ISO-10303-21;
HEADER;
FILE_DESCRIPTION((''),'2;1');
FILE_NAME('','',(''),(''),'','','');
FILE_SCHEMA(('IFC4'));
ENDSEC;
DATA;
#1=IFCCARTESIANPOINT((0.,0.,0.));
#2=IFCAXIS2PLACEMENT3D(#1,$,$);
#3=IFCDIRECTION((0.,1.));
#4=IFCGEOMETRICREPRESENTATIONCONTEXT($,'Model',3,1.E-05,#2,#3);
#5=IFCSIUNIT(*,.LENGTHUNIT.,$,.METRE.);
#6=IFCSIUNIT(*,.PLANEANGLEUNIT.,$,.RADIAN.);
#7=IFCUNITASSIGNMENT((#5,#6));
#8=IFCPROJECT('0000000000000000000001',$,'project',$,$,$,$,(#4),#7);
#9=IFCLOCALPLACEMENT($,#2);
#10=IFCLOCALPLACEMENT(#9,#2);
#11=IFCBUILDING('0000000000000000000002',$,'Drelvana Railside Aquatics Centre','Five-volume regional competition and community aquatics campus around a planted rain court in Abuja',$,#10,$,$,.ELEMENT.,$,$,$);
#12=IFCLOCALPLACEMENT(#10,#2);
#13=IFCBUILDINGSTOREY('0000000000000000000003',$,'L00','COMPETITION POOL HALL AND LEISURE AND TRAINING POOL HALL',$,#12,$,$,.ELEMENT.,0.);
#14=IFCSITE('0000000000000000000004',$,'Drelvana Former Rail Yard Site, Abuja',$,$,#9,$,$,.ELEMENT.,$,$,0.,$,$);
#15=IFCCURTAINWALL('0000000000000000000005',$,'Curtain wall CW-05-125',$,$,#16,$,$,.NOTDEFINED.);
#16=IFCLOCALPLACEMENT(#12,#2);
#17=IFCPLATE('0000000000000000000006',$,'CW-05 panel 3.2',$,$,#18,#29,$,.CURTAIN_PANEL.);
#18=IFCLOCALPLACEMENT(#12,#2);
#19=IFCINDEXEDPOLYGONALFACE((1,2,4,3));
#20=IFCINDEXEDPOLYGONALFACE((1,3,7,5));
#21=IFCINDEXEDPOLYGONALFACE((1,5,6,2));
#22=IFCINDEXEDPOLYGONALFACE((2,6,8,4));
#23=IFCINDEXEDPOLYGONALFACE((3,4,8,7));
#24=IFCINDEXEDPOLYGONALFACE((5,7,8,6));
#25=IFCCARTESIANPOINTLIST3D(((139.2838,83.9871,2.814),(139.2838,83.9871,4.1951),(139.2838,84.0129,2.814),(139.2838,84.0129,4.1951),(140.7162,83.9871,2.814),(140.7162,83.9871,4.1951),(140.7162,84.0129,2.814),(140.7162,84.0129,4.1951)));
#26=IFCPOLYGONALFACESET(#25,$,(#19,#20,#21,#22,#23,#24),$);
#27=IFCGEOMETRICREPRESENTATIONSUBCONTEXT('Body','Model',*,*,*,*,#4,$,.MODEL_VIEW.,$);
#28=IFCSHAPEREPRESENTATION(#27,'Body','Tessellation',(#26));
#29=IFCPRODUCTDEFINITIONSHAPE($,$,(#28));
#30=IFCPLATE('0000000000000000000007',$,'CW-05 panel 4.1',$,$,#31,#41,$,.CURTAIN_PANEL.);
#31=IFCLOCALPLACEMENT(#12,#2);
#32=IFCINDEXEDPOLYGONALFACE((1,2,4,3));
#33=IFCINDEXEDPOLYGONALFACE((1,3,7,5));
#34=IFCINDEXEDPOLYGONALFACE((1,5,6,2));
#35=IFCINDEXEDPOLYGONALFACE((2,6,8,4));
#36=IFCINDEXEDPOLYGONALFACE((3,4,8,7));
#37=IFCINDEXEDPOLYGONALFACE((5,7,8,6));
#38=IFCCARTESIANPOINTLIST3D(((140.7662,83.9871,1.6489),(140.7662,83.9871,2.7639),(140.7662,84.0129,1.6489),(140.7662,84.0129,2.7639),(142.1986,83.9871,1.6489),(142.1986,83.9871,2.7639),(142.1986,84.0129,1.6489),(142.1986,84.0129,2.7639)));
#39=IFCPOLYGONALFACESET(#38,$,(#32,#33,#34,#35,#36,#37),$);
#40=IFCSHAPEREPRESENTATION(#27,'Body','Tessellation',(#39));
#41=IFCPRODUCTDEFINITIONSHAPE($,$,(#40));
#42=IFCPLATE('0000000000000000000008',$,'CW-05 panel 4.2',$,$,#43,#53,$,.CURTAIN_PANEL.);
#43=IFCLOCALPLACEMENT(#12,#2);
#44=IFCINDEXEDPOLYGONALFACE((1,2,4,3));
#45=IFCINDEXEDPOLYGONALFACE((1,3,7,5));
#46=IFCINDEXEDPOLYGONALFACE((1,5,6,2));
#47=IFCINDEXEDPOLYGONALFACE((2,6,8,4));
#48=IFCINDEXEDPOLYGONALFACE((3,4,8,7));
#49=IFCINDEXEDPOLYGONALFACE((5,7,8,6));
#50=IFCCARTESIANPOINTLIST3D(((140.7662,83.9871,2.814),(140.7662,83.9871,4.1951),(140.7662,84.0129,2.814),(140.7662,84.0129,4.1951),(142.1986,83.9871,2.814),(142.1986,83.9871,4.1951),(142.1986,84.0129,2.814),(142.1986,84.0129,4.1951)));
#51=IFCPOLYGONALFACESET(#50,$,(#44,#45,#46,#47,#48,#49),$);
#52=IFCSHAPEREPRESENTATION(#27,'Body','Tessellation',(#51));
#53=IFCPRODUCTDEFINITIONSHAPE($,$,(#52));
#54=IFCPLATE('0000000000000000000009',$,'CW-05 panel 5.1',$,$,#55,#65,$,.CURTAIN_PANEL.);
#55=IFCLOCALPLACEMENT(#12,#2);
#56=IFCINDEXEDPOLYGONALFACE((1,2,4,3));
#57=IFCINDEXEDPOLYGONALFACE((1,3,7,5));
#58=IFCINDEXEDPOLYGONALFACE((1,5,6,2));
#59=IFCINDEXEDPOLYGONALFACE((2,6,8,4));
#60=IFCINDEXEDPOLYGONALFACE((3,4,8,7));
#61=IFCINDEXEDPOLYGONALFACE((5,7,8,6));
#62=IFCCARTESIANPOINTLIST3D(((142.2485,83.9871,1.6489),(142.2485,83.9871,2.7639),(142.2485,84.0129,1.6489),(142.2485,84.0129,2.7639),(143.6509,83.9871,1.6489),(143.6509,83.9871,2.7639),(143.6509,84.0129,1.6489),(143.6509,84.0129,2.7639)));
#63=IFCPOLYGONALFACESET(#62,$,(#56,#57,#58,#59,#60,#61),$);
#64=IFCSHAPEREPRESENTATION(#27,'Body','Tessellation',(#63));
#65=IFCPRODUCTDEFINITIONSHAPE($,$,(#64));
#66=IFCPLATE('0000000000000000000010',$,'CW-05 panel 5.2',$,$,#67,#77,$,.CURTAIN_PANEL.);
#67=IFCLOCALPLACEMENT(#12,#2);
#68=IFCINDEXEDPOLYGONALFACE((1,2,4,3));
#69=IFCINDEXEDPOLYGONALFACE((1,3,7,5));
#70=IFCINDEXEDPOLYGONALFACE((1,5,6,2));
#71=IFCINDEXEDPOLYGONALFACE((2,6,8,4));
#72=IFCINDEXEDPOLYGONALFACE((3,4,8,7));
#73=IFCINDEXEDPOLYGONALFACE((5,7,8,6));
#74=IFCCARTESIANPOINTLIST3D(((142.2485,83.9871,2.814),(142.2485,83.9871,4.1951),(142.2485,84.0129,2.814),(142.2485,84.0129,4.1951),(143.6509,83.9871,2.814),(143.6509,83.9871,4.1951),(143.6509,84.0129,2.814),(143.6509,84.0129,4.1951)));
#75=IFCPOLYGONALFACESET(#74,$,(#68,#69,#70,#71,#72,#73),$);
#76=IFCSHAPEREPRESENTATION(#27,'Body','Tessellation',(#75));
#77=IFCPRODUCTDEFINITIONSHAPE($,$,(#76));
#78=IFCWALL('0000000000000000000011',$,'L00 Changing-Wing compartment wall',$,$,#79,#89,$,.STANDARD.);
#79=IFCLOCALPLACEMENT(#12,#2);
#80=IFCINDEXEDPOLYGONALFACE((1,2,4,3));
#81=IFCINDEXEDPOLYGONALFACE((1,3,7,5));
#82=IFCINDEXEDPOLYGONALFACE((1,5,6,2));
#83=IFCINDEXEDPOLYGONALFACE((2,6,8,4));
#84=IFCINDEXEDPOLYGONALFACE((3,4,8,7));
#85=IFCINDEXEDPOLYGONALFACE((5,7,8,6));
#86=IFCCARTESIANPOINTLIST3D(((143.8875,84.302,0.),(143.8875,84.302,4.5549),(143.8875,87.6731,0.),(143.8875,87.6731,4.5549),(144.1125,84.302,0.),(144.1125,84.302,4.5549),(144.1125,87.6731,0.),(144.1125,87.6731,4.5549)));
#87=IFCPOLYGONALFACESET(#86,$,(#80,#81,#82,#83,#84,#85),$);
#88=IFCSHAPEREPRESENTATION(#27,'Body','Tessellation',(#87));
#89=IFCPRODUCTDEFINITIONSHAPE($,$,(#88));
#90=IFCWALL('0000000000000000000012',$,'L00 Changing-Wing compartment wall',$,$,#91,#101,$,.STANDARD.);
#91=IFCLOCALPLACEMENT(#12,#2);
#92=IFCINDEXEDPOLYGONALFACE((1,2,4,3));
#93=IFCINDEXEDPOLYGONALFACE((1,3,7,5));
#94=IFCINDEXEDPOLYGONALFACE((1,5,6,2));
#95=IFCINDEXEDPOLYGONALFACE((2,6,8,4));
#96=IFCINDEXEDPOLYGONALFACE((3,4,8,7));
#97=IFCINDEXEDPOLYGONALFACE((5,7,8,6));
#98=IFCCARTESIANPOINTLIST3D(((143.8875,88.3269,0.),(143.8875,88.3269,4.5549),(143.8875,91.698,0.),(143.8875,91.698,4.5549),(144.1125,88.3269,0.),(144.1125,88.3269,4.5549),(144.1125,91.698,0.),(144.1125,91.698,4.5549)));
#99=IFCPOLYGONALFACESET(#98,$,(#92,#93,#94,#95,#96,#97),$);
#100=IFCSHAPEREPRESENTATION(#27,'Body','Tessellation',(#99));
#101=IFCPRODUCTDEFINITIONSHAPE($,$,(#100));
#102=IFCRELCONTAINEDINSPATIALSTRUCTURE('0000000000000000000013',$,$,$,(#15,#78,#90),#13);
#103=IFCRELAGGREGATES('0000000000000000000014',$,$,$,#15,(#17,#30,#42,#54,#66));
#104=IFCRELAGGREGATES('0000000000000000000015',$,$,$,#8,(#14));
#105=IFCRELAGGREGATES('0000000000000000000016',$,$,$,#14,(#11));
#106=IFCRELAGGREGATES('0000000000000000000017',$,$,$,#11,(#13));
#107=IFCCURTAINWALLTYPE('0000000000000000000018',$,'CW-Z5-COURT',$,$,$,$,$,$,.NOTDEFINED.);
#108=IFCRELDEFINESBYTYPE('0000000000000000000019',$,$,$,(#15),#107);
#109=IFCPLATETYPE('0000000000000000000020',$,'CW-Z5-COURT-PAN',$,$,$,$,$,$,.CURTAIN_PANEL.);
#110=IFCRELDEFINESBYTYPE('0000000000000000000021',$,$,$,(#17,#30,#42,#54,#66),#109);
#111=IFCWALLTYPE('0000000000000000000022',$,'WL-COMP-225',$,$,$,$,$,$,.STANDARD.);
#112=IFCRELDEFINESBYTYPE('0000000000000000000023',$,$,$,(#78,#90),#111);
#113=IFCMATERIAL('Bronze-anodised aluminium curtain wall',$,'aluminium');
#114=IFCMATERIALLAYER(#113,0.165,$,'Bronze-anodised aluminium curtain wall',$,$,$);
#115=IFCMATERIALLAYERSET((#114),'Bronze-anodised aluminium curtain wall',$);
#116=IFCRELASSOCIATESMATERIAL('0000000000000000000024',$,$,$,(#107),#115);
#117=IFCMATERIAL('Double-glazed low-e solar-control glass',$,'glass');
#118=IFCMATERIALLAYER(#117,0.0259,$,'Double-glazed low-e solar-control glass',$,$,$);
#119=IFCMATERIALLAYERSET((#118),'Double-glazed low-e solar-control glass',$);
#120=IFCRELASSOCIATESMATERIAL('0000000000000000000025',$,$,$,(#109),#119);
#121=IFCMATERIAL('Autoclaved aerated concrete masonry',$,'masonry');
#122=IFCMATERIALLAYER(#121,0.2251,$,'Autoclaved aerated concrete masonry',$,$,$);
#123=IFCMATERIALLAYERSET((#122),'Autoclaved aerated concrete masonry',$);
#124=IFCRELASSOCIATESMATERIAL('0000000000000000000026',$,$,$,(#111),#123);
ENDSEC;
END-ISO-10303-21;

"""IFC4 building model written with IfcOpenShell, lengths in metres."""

from ifc_helpers import new_model, si_unit, direction, frame, frame_2d, origin, origin_2d, place, context, subcontext, project, spatial, rectangle, extrude, material, layer, layer_set, type_object, element, aggregate, save


model = new_model("IFC4")

# Units and contexts
model_context = context("Model", 3, precision=1e-05, world=origin(), true_north=direction((0.0, 1.0)))
body_context = subcontext(model_context, "Body", "Model", "MODEL_VIEW")
ifc_project = project(units=[si_unit("LENGTHUNIT", "METRE"), si_unit("PLANEANGLEUNIT", "RADIAN")], contexts=[model_context])

# Site, building, storey
site_placement = place(None, origin())
site = spatial("IfcSite", under=ifc_project, at=site_placement, Name="Drelvana Former Rail Yard Site, Abuja", CompositionType="ELEMENT", RefElevation=0.0)
building_placement = place(site_placement, origin())
building = spatial("IfcBuilding", under=site, at=building_placement, Name="Drelvana Railside Aquatics Centre", Description="Five-volume regional competition and community aquatics campus around a planted rain court in Abuja", CompositionType="ELEMENT")
storey_placement = place(building_placement, origin())
storey = spatial("IfcBuildingStorey", under=building, at=storey_placement, Name="L00", Description="COMPETITION POOL HALL AND LEISURE AND TRAINING POOL HALL", CompositionType="ELEMENT", Elevation=0.0)

# Curtain wall
ifc_material_1 = material(Name="Bronze-anodised aluminium curtain wall", Category="aluminium")
ifc_layer_1 = layer(ifc_material_1, 0.165, Name="Bronze-anodised aluminium curtain wall")
ifc_layer_set_1 = layer_set([ifc_layer_1], Name="Bronze-anodised aluminium curtain wall")
curtain_wall_type = type_object("IfcCurtainWallType", Name="CW-Z5-COURT", PredefinedType="NOTDEFINED", material=ifc_layer_set_1)
curtain_wall_placement = place(storey_placement, origin())
curtain_wall = element("IfcCurtainWall", 1, at=curtain_wall_placement, inside=storey, type_object=curtain_wall_type, Name="Curtain wall CW-05-125", PredefinedType="NOTDEFINED")

# Plates
ifc_material_2 = material(Name="Double-glazed low-e solar-control glass", Category="glass")
ifc_layer_2 = layer(ifc_material_2, 0.0259, Name="Double-glazed low-e solar-control glass")
ifc_layer_set_2 = layer_set([ifc_layer_2], Name="Double-glazed low-e solar-control glass")
plate_type = type_object("IfcPlateType", Name="CW-Z5-COURT-PAN", PredefinedType="CURTAIN_PANEL", material=ifc_layer_set_2)
plate_1_placement = place(storey_placement, frame((140.0, 84.0, 2.814), z_axis=(0.0, 0.0, 1.0), x_axis=(1.0, 0.0, 0.0)))
plate_1 = element("IfcPlate", 2, at=plate_1_placement, type_object=plate_type, Name="CW-05 panel 3.2", PredefinedType="CURTAIN_PANEL", context=body_context, shape_type="SweptSolid", body=[
    extrude(rectangle(XDim=1.4324, YDim=0.0259, at=origin_2d()), origin(), (0.0, 0.0, 1.0), 1.3811),
])
plate_2_placement = place(storey_placement, frame((141.4824, 84.0, 1.6489), z_axis=(0.0, 0.0, 1.0), x_axis=(1.0, 0.0, 0.0)))
plate_2 = element("IfcPlate", 3, at=plate_2_placement, type_object=plate_type, Name="CW-05 panel 4.1", PredefinedType="CURTAIN_PANEL", context=body_context, shape_type="SweptSolid", body=[
    extrude(rectangle(XDim=1.4324, YDim=0.0259, at=origin_2d()), origin(), (0.0, 0.0, 1.0), 1.115),
])
plate_3_placement = place(storey_placement, frame((141.4824, 84.0, 2.814), z_axis=(0.0, 0.0, 1.0), x_axis=(1.0, 0.0, 0.0)))
plate_3 = element("IfcPlate", 4, at=plate_3_placement, type_object=plate_type, Name="CW-05 panel 4.2", PredefinedType="CURTAIN_PANEL", context=body_context, shape_type="SweptSolid", body=[
    extrude(rectangle(XDim=1.4324, YDim=0.0259, at=origin_2d()), origin(), (0.0, 0.0, 1.0), 1.3811),
])
plate_4_placement = place(storey_placement, frame((142.9497, 84.0, 1.6489), z_axis=(0.0, 0.0, 1.0), x_axis=(1.0, 0.0, 0.0)))
plate_4 = element("IfcPlate", 5, at=plate_4_placement, type_object=plate_type, Name="CW-05 panel 5.1", PredefinedType="CURTAIN_PANEL", context=body_context, shape_type="SweptSolid", body=[
    extrude(rectangle(XDim=1.4023, YDim=0.0259, at=origin_2d()), origin(), (0.0, 0.0, 1.0), 1.115),
])
plate_5_placement = place(storey_placement, frame((142.9497, 84.0, 2.814), z_axis=(0.0, 0.0, 1.0), x_axis=(1.0, 0.0, 0.0)))
plate_5 = element("IfcPlate", 6, at=plate_5_placement, type_object=plate_type, Name="CW-05 panel 5.2", PredefinedType="CURTAIN_PANEL", context=body_context, shape_type="SweptSolid", body=[
    extrude(rectangle(XDim=1.4023, YDim=0.0259, at=origin_2d()), origin(), (0.0, 0.0, 1.0), 1.3811),
])
aggregate(curtain_wall, [plate_1, plate_2, plate_3, plate_4, plate_5])

# Walls
ifc_material_3 = material(Name="Autoclaved aerated concrete masonry", Category="masonry")
ifc_layer_3 = layer(ifc_material_3, 0.2251, Name="Autoclaved aerated concrete masonry")
ifc_layer_set_3 = layer_set([ifc_layer_3], Name="Autoclaved aerated concrete masonry")
wall_type = type_object("IfcWallType", Name="WL-COMP-225", PredefinedType="STANDARD", material=ifc_layer_set_3)
for number, where, z_axis, x_axis, name in (
    (7, (144.0, 84.302, 0.0), (0.0, 0.0, 1.0), (0.0, 1.0, 0.0), "L00 Changing-Wing compartment wall"),
    (8, (144.0, 88.3269, 0.0), (0.0, 0.0, 1.0), (0.0, 1.0, 0.0), "L00 Changing-Wing compartment wall"),
):
    element("IfcWall", number, at=place(storey_placement, frame(where, z_axis=z_axis, x_axis=x_axis)), inside=storey, type_object=wall_type, Name=name, PredefinedType="STANDARD", context=body_context, shape_type="SweptSolid", body=[
        extrude(rectangle(XDim=3.3711, YDim=0.2251, at=frame_2d((1.6855, 0.0))), origin(), (0.0, 0.0, 1.0), 4.5549),
    ])

save(model, "model.ifc")
